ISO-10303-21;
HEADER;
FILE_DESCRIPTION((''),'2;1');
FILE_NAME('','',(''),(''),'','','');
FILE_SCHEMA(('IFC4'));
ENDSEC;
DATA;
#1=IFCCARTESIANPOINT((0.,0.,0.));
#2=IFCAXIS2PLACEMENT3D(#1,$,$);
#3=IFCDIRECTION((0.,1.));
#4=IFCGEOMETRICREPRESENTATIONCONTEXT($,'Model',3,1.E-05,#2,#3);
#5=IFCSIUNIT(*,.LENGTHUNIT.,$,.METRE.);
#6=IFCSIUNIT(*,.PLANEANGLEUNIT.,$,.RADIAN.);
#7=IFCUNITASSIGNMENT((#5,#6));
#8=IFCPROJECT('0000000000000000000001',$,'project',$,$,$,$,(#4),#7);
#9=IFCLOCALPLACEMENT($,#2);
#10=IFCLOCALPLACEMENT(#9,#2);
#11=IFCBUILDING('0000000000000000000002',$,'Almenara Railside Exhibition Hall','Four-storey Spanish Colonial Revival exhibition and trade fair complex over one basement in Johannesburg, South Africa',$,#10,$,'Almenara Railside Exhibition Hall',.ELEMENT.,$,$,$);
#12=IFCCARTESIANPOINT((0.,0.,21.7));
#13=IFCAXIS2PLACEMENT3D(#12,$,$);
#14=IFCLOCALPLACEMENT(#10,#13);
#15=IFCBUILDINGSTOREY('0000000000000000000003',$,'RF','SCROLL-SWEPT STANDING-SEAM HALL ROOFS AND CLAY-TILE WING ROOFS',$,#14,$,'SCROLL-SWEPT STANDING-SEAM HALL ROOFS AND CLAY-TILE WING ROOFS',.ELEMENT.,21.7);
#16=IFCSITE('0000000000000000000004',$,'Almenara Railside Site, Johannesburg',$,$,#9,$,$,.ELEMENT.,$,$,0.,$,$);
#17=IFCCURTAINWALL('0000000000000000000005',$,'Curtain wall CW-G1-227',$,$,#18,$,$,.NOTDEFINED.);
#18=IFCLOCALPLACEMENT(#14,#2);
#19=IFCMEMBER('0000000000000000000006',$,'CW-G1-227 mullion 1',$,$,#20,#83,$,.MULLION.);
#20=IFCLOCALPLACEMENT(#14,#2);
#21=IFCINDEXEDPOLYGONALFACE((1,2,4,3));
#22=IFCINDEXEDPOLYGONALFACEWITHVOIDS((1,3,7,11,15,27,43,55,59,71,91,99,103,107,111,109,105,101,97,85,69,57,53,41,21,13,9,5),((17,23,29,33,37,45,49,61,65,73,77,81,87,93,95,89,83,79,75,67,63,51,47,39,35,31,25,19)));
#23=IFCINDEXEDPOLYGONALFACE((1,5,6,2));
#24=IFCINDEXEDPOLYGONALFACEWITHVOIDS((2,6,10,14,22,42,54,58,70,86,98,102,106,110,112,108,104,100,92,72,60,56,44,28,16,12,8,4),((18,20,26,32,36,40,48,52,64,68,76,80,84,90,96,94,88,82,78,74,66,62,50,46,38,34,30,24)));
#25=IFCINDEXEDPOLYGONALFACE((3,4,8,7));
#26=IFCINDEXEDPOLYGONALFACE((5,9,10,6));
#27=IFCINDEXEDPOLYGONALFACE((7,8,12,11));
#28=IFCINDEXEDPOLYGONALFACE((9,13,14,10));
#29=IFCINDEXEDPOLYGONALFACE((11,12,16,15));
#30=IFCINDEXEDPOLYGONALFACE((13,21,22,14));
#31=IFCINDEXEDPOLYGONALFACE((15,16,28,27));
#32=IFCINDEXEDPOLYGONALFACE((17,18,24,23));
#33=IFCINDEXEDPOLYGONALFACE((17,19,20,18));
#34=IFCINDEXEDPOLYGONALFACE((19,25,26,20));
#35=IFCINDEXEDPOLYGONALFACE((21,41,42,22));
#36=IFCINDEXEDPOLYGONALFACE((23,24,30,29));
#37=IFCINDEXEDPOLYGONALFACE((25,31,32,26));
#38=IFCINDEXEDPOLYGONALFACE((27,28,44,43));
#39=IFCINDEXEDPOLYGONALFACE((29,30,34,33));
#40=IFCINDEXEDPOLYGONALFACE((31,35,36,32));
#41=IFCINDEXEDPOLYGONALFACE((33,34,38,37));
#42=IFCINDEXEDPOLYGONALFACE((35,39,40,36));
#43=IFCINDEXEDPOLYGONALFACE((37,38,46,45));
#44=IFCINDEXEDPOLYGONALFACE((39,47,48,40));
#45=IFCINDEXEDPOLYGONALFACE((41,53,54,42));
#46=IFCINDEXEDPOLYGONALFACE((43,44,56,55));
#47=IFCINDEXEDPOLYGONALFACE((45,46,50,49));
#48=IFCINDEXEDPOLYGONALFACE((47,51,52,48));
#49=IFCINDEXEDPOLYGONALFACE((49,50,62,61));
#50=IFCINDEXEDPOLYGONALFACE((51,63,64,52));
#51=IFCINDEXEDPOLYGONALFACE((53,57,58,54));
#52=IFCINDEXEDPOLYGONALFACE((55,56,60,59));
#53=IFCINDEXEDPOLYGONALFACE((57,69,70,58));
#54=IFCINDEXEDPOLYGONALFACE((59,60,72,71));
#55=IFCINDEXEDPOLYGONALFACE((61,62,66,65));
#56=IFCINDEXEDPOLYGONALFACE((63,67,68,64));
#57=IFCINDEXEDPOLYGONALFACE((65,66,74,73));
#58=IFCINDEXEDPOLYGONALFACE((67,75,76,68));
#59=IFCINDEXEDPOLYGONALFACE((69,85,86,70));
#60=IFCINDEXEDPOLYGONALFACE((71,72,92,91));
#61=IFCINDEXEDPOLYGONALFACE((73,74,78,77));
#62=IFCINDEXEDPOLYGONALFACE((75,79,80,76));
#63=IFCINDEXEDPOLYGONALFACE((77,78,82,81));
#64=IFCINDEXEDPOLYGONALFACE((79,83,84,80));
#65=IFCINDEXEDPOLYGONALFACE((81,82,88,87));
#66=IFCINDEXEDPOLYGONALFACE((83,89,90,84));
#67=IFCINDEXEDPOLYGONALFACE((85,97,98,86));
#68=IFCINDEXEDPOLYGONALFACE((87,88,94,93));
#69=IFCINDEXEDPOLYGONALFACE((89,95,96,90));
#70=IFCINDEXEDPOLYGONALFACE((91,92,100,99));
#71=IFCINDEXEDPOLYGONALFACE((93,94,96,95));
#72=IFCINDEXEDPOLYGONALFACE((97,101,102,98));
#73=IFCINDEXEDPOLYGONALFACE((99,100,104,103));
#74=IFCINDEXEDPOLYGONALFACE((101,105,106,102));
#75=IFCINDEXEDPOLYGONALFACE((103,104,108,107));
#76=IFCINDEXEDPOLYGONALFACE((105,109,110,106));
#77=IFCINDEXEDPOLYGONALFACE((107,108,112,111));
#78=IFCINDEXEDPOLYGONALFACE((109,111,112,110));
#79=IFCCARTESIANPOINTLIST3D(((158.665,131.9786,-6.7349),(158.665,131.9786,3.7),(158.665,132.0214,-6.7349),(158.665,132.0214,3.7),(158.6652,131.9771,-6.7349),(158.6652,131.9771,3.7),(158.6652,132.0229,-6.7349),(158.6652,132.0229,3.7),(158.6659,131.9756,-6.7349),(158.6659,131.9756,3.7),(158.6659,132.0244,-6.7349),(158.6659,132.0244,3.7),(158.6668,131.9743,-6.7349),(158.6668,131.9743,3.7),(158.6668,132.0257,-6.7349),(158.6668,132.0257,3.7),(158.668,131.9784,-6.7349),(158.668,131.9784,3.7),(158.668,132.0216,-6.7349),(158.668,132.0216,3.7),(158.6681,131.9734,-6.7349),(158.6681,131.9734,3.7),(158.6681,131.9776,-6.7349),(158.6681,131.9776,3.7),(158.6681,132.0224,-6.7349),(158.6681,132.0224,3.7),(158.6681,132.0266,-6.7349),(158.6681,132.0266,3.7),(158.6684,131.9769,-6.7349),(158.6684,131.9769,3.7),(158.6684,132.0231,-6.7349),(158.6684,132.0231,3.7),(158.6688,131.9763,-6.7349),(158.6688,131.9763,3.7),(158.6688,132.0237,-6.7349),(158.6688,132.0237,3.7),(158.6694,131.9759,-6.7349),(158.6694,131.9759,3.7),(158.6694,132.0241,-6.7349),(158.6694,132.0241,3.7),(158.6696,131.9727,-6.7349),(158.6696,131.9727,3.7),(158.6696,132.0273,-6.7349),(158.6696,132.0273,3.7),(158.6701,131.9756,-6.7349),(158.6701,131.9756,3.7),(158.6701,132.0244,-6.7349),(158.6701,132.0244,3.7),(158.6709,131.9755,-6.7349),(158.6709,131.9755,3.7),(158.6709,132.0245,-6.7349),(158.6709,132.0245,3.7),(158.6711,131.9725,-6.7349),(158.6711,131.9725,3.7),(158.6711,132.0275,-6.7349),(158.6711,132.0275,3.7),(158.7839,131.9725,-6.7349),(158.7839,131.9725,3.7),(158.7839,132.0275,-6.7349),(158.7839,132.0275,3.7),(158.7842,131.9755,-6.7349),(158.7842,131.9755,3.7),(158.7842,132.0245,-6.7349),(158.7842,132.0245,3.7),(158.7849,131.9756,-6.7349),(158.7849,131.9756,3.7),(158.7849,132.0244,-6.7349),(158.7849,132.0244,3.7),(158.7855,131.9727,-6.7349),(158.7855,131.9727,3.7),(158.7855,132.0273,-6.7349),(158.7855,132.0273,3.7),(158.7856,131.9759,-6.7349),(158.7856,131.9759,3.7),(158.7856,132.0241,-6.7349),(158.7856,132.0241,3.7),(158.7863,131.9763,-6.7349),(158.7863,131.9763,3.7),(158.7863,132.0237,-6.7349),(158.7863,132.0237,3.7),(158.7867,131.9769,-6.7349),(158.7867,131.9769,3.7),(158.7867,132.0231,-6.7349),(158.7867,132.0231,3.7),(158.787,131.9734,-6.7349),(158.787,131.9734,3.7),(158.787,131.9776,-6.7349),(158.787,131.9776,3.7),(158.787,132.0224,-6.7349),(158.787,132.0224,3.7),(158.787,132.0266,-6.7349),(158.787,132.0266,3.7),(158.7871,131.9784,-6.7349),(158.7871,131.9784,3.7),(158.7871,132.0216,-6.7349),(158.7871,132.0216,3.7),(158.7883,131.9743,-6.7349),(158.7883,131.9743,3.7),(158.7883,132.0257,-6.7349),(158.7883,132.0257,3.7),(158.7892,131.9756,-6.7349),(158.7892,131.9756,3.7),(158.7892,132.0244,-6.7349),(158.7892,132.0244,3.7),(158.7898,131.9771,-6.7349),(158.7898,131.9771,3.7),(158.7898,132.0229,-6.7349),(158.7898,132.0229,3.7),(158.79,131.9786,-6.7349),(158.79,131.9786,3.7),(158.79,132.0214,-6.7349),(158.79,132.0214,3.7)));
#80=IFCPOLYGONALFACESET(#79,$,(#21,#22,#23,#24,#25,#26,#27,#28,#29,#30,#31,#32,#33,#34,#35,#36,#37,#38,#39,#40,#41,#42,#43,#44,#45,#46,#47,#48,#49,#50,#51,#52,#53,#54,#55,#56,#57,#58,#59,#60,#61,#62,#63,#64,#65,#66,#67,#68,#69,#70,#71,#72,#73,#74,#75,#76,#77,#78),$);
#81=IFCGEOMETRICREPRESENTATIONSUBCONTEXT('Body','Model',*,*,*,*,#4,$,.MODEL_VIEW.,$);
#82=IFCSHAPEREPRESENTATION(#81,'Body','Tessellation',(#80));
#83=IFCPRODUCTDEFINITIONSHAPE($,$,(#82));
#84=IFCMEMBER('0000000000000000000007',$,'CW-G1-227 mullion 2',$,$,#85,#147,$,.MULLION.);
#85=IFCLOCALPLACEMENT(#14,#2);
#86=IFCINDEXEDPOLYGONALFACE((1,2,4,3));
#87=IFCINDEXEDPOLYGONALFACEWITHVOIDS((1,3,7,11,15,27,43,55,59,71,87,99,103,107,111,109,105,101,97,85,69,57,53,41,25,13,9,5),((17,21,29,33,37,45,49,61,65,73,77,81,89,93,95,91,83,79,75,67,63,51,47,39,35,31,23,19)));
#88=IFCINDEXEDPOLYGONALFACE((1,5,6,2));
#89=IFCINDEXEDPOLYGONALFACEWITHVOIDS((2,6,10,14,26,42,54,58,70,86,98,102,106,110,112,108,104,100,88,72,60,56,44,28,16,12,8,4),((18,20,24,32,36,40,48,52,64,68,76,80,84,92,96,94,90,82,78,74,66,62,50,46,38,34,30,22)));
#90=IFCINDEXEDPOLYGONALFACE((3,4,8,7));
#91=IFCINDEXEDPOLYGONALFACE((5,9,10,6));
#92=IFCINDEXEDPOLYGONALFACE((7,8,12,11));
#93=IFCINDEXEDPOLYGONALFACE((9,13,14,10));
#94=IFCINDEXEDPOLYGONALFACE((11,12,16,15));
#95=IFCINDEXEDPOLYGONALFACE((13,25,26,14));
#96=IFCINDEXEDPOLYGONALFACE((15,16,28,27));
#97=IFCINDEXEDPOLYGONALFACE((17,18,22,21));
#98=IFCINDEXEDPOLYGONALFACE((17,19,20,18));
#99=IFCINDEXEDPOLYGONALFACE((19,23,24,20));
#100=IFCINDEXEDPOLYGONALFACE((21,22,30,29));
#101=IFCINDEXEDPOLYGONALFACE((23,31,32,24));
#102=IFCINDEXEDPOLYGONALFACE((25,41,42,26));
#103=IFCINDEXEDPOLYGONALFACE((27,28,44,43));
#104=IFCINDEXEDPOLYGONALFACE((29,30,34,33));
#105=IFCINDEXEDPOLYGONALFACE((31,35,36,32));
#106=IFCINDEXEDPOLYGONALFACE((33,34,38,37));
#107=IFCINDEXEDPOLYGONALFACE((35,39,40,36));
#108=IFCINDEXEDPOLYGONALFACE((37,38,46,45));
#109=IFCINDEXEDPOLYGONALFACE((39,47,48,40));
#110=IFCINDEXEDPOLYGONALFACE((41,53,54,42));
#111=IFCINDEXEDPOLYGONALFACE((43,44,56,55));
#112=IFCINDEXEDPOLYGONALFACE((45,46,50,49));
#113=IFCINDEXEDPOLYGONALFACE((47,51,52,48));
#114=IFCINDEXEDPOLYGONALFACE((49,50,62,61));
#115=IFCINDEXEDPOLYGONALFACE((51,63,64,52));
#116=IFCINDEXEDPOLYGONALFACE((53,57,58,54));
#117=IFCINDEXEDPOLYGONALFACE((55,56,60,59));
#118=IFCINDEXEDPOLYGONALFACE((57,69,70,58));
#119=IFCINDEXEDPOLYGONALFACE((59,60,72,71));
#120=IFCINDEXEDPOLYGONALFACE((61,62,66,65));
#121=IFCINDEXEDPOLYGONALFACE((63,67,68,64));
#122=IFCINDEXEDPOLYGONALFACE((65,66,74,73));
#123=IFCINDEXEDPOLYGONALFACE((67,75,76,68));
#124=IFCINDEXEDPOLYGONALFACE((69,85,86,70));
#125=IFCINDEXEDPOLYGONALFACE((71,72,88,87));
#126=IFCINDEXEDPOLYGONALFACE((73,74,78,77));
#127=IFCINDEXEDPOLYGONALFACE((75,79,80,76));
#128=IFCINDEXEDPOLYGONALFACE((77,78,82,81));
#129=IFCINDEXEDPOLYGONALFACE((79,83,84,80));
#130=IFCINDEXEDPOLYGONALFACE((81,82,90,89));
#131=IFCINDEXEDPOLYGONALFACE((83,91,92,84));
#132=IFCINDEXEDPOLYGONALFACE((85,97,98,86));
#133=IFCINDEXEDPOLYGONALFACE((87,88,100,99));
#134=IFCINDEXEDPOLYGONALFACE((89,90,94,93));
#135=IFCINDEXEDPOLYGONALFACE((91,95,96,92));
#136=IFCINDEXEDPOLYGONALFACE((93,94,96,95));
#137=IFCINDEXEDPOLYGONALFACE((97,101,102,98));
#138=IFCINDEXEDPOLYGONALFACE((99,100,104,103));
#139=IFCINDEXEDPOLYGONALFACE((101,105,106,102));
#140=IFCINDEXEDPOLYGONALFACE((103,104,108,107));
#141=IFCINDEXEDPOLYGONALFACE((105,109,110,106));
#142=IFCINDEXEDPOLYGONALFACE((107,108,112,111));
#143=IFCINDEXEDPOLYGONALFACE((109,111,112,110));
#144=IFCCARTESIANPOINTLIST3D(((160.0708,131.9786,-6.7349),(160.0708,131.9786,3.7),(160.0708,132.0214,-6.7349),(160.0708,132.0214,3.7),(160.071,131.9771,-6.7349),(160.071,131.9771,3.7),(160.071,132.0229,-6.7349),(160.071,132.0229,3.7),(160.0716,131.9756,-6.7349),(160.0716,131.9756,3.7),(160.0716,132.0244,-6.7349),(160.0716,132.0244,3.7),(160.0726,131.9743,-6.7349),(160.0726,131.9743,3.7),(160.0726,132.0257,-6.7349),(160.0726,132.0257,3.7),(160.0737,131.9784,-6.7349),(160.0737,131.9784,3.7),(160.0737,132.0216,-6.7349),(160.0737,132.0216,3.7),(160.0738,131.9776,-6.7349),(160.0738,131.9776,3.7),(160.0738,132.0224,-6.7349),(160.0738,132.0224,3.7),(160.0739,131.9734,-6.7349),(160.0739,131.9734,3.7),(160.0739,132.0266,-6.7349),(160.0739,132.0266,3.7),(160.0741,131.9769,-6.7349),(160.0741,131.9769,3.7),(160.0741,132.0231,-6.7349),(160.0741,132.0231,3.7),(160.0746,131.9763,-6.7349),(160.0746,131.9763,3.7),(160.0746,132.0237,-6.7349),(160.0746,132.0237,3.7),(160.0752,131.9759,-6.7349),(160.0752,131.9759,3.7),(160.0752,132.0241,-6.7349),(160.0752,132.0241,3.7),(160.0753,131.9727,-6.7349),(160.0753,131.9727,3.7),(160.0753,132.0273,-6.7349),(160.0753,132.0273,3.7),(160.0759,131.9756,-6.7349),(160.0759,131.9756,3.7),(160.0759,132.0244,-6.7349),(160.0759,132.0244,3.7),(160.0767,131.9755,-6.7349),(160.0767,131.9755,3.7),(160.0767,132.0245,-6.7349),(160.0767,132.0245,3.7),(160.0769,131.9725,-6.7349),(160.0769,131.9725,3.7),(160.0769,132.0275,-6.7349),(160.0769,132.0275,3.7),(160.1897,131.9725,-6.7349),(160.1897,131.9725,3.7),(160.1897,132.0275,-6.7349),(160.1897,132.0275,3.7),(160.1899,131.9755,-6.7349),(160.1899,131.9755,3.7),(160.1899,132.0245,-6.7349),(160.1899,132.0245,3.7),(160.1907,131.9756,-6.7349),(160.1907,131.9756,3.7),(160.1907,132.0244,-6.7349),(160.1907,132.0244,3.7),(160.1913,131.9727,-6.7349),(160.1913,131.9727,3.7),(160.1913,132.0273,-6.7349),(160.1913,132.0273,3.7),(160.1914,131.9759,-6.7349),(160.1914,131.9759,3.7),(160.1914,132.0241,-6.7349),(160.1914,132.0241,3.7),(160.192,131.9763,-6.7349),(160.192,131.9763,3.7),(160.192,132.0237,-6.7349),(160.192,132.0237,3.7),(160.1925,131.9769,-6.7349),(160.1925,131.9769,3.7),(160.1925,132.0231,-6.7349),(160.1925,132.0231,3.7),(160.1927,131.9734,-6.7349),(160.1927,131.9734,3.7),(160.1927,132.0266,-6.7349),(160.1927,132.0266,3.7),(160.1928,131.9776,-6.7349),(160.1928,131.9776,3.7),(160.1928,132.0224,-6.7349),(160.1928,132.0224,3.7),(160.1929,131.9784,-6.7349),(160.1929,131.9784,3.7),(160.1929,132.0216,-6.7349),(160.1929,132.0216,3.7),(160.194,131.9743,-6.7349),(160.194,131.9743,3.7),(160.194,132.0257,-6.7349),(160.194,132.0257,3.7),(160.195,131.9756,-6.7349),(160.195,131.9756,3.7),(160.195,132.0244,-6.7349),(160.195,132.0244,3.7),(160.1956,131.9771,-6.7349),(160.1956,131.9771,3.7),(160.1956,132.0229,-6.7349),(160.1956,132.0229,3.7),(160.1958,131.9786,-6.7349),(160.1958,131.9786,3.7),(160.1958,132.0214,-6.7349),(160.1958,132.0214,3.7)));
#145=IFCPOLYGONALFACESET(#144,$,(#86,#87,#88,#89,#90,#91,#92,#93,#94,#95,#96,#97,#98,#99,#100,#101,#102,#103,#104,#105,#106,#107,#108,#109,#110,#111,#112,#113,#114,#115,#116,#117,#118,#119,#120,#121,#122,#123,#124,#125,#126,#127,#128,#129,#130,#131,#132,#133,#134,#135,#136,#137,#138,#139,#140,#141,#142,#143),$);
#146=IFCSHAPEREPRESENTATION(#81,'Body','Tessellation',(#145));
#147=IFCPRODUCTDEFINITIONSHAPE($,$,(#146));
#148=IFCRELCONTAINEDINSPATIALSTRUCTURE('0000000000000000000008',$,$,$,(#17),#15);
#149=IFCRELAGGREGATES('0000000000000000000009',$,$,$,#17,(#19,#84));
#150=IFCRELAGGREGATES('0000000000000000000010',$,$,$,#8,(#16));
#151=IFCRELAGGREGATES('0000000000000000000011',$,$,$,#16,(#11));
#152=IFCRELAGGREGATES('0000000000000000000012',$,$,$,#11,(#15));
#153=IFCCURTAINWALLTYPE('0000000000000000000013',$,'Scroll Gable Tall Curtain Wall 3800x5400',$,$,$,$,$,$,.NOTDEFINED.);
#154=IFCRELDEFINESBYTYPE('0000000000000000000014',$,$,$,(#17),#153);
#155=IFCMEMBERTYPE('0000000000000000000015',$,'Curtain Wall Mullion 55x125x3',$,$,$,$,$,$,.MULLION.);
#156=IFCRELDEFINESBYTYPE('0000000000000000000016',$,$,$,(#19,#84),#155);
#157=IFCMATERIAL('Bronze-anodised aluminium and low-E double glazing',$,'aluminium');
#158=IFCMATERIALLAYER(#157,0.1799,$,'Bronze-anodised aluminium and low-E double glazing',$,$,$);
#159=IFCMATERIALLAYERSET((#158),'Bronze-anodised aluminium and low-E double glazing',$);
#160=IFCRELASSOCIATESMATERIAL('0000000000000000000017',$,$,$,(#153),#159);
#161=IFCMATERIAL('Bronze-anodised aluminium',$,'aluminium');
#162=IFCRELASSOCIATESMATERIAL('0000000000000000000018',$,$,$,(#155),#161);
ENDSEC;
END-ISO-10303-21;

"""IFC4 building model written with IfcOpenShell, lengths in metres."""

from ifc_helpers import new_model, si_unit, direction, frame, origin, origin_2d, place, context, subcontext, project, spatial, hollow_rectangle, extrude, material, layer, layer_set, material_profile, profile_set, type_object, element, aggregate, save


model = new_model("IFC4")

# Units and contexts
model_context = context("Model", 3, precision=1e-05, world=origin(), true_north=direction((0.0, 1.0)))
body_context = subcontext(model_context, "Body", "Model", "MODEL_VIEW")
ifc_project = project(units=[si_unit("LENGTHUNIT", "METRE"), si_unit("PLANEANGLEUNIT", "RADIAN")], contexts=[model_context])

# Site, building, storey
site_placement = place(None, origin())
site = spatial("IfcSite", under=ifc_project, at=site_placement, Name="Almenara Railside Site, Johannesburg", CompositionType="ELEMENT", RefElevation=0.0)
building_placement = place(site_placement, origin())
building = spatial("IfcBuilding", under=site, at=building_placement, Name="Almenara Railside Exhibition Hall", Description="Four-storey Spanish Colonial Revival exhibition and trade fair complex over one basement in Johannesburg, South Africa", LongName="Almenara Railside Exhibition Hall", CompositionType="ELEMENT")
storey_placement = place(building_placement, frame((0.0, 0.0, 21.7)))
storey = spatial("IfcBuildingStorey", under=building, at=storey_placement, Name="RF", Description="SCROLL-SWEPT STANDING-SEAM HALL ROOFS AND CLAY-TILE WING ROOFS", LongName="SCROLL-SWEPT STANDING-SEAM HALL ROOFS AND CLAY-TILE WING ROOFS", CompositionType="ELEMENT", Elevation=21.7)

# Curtain wall, members
ifc_material_1 = material(Name="Bronze-anodised aluminium and low-E double glazing", Category="aluminium")
ifc_layer_1 = layer(ifc_material_1, 0.1799, Name="Bronze-anodised aluminium and low-E double glazing")
ifc_layer_set_1 = layer_set([ifc_layer_1], Name="Bronze-anodised aluminium and low-E double glazing")
curtain_wall_type = type_object("IfcCurtainWallType", Name="Scroll Gable Tall Curtain Wall 3800x5400", PredefinedType="NOTDEFINED", material=ifc_layer_set_1)
curtain_wall_1_placement = place(storey_placement, origin())
curtain_wall_1 = element("IfcCurtainWall", 1, at=curtain_wall_1_placement, inside=storey, type_object=curtain_wall_type, Name="Curtain wall CW-G1-227", PredefinedType="NOTDEFINED")
ifc_material_2 = material(Name="Bronze-anodised aluminium", Category="aluminium")
ifc_material_profile_1 = material_profile(ifc_material_2, hollow_rectangle(XDim=0.0549, YDim=0.125, WallThickness=0.0029, InnerFilletRadius=0.0029, OuterFilletRadius=0.0061, at=origin_2d()), Name="ALU-MUL 55x125x3")
ifc_profile_set_1 = profile_set([ifc_material_profile_1], Name="Bronze-anodised aluminium")
member_type_1 = type_object("IfcMemberType", Name="Curtain Wall Mullion 55x125x3", PredefinedType="MULLION", material=ifc_profile_set_1)
member_1_placement = place(storey_placement, frame((158.7275, 132.0, -6.7349), z_axis=(0.0, 0.0, 1.0), x_axis=(0.0, 1.0, 0.0)))
member_1 = element("IfcMember", 2, at=member_1_placement, type_object=member_type_1, Name="CW-G1-227 mullion 1", PredefinedType="MULLION", context=body_context, shape_type="SweptSolid", body=[
    extrude(hollow_rectangle(XDim=0.0549, YDim=0.125, WallThickness=0.0029, InnerFilletRadius=0.0029, OuterFilletRadius=0.0061, at=origin_2d()), origin(), (0.0, 0.0, 1.0), 10.4348),
])
member_2_placement = place(storey_placement, frame((160.1333, 132.0, -6.7349), z_axis=(0.0, 0.0, 1.0), x_axis=(0.0, 1.0, 0.0)))
member_2 = element("IfcMember", 3, at=member_2_placement, type_object=member_type_1, Name="CW-G1-227 mullion 2", PredefinedType="MULLION", context=body_context, shape_type="SweptSolid", body=[
    extrude(hollow_rectangle(XDim=0.0549, YDim=0.125, WallThickness=0.0029, InnerFilletRadius=0.0029, OuterFilletRadius=0.0061, at=origin_2d()), origin(), (0.0, 0.0, 1.0), 10.4348),
])

aggregate(curtain_wall_1, [member_1, member_2])

save(model, "model.ifc")
